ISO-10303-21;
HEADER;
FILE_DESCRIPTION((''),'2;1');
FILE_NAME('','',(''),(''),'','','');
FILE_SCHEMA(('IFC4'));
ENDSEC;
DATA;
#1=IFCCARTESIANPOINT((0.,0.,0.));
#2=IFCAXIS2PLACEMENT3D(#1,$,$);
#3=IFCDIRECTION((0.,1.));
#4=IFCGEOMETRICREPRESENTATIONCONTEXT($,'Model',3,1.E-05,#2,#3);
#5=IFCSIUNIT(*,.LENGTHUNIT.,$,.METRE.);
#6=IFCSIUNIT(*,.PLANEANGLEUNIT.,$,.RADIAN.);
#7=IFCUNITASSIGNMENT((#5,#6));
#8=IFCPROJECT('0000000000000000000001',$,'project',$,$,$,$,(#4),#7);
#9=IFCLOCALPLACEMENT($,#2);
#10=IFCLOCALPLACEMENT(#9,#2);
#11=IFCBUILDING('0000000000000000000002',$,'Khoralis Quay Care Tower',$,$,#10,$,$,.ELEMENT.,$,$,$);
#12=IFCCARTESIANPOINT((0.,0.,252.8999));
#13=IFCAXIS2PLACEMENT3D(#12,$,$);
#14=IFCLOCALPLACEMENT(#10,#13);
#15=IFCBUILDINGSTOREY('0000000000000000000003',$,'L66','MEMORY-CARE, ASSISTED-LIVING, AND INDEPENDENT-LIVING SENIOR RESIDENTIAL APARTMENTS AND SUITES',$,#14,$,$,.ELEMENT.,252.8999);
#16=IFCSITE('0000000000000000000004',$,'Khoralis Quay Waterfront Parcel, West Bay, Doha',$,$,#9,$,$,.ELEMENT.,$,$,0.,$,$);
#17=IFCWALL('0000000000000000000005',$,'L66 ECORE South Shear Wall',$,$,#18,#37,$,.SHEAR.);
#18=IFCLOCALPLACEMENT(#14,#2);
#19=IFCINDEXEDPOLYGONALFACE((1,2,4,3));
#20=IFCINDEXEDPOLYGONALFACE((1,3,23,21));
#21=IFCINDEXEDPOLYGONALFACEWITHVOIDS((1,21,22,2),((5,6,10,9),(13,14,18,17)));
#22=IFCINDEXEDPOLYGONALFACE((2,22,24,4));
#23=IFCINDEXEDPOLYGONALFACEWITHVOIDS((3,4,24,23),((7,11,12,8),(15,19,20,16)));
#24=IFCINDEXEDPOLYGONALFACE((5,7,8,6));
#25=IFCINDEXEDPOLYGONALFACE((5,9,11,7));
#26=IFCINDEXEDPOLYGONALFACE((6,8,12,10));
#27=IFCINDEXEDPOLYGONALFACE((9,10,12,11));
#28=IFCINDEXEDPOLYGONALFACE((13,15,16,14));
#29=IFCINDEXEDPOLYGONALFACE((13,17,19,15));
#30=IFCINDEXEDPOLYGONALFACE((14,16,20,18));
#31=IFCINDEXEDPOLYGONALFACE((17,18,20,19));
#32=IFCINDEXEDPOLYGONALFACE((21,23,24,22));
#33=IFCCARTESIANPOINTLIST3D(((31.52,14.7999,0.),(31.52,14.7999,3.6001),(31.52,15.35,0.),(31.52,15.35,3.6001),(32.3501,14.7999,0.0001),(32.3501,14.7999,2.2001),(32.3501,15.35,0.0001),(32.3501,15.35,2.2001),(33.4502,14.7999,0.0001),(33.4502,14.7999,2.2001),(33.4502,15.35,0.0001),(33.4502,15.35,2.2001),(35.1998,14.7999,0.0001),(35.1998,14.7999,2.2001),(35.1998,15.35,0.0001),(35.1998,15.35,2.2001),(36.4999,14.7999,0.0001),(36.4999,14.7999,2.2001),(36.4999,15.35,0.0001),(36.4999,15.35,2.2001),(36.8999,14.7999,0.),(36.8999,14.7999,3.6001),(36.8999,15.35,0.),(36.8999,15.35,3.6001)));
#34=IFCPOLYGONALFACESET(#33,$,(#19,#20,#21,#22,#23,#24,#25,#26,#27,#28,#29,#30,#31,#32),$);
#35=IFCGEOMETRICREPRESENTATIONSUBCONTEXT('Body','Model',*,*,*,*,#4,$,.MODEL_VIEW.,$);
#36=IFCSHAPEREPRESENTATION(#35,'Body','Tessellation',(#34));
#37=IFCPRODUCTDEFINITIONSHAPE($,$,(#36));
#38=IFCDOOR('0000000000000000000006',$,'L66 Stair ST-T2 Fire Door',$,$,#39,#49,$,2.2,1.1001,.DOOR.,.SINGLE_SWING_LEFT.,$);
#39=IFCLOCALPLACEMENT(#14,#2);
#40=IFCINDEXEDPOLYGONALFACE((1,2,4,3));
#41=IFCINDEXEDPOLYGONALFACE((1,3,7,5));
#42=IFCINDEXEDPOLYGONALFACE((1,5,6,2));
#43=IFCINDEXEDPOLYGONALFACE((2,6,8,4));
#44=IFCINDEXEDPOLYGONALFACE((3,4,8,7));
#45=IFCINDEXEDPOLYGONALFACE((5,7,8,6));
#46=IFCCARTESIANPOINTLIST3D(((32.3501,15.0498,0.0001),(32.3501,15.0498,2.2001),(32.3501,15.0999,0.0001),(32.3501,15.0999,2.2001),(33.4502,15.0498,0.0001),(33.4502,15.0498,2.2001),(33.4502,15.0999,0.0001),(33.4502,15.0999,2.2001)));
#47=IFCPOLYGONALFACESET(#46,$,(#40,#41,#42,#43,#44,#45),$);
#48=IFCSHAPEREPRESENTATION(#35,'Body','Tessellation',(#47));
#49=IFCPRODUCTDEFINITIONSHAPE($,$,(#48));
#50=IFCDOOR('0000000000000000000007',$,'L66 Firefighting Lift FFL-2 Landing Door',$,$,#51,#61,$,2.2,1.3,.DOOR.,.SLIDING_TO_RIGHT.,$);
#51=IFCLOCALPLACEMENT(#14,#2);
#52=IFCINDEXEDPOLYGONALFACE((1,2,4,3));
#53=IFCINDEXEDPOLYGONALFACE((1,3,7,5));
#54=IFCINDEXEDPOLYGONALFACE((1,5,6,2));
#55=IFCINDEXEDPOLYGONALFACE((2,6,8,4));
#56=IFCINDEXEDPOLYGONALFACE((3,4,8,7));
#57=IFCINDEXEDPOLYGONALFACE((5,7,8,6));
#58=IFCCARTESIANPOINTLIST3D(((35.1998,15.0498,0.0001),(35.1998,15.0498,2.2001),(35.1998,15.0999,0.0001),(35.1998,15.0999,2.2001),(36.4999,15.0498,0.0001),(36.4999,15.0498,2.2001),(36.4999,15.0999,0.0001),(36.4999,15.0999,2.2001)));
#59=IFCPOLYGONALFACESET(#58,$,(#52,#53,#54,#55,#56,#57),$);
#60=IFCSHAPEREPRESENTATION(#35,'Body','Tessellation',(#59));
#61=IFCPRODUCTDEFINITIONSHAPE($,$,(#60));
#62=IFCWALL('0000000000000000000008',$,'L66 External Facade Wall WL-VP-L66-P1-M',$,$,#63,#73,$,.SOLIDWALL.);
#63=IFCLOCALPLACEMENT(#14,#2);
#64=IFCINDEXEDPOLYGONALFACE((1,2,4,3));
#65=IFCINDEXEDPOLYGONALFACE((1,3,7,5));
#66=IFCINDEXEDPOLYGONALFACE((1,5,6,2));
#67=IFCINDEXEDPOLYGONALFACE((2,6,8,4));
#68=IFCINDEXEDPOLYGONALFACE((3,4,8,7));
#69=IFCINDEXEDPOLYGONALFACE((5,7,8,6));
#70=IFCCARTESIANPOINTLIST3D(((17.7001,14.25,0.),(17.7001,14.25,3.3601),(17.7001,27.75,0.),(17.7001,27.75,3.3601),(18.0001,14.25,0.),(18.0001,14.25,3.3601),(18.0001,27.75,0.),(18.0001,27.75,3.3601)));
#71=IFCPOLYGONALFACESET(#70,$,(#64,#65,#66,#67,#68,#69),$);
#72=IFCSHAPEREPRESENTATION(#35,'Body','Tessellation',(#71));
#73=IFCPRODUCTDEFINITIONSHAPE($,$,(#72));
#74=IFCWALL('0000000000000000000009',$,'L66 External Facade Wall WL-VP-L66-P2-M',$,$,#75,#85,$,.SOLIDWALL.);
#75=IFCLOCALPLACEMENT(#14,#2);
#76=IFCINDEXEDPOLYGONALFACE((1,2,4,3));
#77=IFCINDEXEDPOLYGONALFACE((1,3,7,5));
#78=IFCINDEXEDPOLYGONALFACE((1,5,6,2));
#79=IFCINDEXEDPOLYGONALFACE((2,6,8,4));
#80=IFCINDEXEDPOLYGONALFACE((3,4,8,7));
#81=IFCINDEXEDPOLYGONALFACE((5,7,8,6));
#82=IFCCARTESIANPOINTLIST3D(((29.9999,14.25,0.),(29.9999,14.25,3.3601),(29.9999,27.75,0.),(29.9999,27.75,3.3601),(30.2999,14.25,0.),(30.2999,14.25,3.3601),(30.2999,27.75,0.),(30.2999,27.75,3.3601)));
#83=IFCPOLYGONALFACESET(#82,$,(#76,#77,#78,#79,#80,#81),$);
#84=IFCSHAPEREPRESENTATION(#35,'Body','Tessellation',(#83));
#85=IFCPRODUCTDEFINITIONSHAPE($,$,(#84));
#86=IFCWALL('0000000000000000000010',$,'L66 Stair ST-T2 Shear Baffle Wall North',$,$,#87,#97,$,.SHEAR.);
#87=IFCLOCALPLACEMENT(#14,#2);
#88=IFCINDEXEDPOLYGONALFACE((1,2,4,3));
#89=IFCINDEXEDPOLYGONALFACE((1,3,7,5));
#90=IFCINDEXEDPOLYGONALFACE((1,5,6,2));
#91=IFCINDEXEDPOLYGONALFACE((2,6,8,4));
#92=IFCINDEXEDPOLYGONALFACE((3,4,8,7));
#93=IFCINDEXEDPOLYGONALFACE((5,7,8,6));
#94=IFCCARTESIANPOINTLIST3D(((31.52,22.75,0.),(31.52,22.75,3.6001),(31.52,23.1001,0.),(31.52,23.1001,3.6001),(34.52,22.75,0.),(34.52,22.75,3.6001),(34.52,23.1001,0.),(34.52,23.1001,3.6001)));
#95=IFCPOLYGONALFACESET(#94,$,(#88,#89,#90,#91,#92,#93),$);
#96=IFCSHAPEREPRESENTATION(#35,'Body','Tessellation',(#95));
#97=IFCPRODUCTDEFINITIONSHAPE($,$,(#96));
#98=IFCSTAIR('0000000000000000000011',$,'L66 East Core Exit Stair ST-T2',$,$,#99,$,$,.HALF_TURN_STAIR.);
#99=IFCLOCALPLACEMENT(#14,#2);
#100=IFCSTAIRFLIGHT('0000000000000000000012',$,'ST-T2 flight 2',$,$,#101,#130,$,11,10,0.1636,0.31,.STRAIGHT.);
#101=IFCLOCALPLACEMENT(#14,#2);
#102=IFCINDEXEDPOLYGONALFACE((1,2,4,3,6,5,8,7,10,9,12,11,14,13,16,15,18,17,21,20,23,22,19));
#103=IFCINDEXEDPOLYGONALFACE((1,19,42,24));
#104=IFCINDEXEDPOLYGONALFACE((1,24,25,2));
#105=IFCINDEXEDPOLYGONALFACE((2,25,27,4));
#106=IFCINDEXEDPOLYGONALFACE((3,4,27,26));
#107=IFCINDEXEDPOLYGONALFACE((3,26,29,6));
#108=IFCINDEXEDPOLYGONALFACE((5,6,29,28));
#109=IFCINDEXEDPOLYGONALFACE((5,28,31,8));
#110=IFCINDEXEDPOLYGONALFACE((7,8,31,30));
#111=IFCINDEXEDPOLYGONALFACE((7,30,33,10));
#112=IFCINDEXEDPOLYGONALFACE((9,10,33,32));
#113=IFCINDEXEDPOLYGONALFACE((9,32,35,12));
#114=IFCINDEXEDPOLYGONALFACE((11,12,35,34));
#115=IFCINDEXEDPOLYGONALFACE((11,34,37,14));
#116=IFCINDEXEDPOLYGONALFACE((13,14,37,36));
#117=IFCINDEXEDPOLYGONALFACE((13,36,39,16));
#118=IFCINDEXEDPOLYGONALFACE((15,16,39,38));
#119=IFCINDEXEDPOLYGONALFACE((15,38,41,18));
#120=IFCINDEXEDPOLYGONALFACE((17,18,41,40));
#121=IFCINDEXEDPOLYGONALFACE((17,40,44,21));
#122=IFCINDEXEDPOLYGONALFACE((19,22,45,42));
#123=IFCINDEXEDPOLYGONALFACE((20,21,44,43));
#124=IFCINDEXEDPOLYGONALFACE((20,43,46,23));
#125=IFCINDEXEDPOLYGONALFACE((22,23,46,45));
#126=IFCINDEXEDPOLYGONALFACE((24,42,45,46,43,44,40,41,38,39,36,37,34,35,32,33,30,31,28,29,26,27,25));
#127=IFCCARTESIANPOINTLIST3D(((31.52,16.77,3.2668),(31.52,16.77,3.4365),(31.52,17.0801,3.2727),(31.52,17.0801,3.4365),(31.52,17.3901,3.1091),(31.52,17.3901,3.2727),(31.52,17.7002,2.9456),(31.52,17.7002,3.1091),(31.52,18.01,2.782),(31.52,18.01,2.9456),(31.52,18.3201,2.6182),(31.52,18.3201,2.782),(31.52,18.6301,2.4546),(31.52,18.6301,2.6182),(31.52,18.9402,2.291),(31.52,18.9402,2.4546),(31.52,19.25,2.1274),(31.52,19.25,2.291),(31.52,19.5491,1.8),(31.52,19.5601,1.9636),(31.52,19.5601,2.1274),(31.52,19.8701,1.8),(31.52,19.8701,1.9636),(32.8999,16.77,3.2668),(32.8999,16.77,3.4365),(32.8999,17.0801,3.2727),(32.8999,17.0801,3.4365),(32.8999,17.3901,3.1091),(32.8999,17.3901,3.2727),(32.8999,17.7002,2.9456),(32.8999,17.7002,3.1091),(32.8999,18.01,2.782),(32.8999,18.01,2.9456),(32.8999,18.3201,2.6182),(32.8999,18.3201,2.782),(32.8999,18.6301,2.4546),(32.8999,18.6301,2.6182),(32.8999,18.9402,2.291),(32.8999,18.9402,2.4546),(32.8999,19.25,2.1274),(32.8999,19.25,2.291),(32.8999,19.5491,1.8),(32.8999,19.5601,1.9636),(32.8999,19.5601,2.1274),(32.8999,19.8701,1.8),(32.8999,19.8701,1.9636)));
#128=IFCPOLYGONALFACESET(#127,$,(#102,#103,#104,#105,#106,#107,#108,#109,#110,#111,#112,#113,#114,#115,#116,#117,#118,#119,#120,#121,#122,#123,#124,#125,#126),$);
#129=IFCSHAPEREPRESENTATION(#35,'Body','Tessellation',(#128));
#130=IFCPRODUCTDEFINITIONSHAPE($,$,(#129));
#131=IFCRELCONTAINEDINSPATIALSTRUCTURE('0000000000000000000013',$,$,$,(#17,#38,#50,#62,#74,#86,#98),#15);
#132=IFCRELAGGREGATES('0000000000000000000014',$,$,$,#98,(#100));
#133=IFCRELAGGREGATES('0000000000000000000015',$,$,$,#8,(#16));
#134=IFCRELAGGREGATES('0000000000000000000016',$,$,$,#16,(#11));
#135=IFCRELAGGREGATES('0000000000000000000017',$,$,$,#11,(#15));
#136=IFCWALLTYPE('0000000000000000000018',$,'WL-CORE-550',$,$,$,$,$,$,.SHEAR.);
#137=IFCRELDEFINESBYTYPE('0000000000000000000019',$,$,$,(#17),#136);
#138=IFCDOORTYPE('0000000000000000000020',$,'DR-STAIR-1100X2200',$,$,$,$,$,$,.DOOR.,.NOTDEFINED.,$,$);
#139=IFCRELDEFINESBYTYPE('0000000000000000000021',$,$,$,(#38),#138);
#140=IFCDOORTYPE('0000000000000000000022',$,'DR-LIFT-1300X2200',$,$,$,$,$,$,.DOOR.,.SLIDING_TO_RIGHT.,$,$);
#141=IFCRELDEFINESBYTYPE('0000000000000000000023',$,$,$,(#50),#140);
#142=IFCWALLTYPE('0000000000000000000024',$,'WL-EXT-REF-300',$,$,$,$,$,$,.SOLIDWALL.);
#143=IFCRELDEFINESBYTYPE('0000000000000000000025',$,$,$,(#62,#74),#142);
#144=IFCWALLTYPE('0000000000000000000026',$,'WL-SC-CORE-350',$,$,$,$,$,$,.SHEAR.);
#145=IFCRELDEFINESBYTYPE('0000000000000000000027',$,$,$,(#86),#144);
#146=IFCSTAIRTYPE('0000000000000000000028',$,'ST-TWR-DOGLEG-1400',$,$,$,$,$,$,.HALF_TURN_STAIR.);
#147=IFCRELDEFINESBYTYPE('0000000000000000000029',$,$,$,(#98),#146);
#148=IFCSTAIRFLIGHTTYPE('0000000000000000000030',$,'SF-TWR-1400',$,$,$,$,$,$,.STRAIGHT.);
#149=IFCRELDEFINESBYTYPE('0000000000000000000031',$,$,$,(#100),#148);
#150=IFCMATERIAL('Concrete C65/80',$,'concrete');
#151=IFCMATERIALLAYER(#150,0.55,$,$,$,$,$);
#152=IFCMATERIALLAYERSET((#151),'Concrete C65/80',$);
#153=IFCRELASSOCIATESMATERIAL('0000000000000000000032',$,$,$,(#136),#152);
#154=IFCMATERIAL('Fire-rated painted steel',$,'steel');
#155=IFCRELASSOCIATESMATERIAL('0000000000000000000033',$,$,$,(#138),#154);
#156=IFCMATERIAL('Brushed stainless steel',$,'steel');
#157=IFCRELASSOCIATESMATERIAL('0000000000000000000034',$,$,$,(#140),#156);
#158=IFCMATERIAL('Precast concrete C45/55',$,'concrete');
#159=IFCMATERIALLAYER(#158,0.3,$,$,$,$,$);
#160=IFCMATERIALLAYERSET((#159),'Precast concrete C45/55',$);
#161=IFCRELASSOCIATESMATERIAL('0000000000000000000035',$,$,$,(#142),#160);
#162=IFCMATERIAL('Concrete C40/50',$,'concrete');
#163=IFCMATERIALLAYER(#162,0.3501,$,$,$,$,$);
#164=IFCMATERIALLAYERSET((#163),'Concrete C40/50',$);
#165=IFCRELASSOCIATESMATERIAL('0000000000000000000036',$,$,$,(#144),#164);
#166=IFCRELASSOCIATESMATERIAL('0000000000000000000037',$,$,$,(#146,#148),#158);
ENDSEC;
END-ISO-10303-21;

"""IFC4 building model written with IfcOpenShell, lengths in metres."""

from ifc_helpers import new_model, si_unit, direction, frame, frame_2d, origin, place, context, subcontext, project, spatial, polyline, rectangle, outline, extrude, source, transform, mapped, material, layer, layer_set, type_object, element, fill, aggregate, save


model = new_model("IFC4")

# Units and contexts
model_context = context("Model", 3, precision=1e-05, world=origin(), true_north=direction((0.0, 1.0)))
body_context = subcontext(model_context, "Body", "Model", "MODEL_VIEW")
ifc_project = project(units=[si_unit("LENGTHUNIT", "METRE"), si_unit("PLANEANGLEUNIT", "RADIAN")], contexts=[model_context])

# Site, building, storey
site_placement = place(None, origin())
site = spatial("IfcSite", under=ifc_project, at=site_placement, Name="Khoralis Quay Waterfront Parcel, West Bay, Doha", CompositionType="ELEMENT", RefElevation=0.0)
building_placement = place(site_placement, origin())
building = spatial("IfcBuilding", under=site, at=building_placement, Name="Khoralis Quay Care Tower", CompositionType="ELEMENT")
storey_placement = place(building_placement, frame((0.0, 0.0, 252.8999)))
storey = spatial("IfcBuildingStorey", under=building, at=storey_placement, Name="L66", Description="MEMORY-CARE, ASSISTED-LIVING, AND INDEPENDENT-LIVING SENIOR RESIDENTIAL APARTMENTS AND SUITES", CompositionType="ELEMENT", Elevation=252.8999)

# Shared definitions
ifc_material_1 = material(Name="Concrete C65/80", Category="concrete")
ifc_layer_1 = layer(ifc_material_1, 0.55)
ifc_layer_set_1 = layer_set([ifc_layer_1], Name="Concrete C65/80")
wall_type_1 = type_object("IfcWallType", Name="WL-CORE-550", PredefinedType="SHEAR", material=ifc_layer_set_1)

# Wall, openings, doors
wall_1_placement = place(storey_placement, frame((31.52, 15.075, 0.0), z_axis=(0.0, 0.0, 1.0), x_axis=(1.0, 0.0, 0.0)))
wall_1 = element("IfcWall", 1, at=wall_1_placement, inside=storey, type_object=wall_type_1, Name="L66 ECORE South Shear Wall", PredefinedType="SHEAR", context=body_context, shape_type="SweptSolid", body=[
    extrude(rectangle(XDim=5.3799, YDim=0.55, at=frame_2d((2.6899, 0.0))), origin(), (0.0, 0.0, 1.0), 3.6001),
])
opening_1_placement = place(wall_1_placement, frame((0.8301, 0.0, 0.0)))
opening_1 = element("IfcOpeningElement", 2, at=opening_1_placement, cuts=wall_1, PredefinedType="OPENING", context=body_context, shape_type="SweptSolid", body=[
    extrude(rectangle(XDim=1.1001, YDim=2.2, at=frame_2d((0.55, 1.1001))), frame((0.0, 0.2852, 0.0), z_axis=(0.0, -1.0, 0.0), x_axis=(1.0, 0.0, 0.0)), (0.0, 0.0, 1.0), 0.5701),
])
opening_2_placement = place(wall_1_placement, frame((3.6799, 0.0, 0.0)))
opening_2 = element("IfcOpeningElement", 3, at=opening_2_placement, cuts=wall_1, PredefinedType="OPENING", context=body_context, shape_type="SweptSolid", body=[
    extrude(rectangle(XDim=1.3, YDim=2.2, at=frame_2d((0.6499, 1.1001))), frame((0.0, 0.2852, 0.0), z_axis=(0.0, -1.0, 0.0), x_axis=(1.0, 0.0, 0.0)), (0.0, 0.0, 1.0), 0.5701),
])
ifc_material_2 = material(Name="Fire-rated painted steel", Category="steel")
door_type_1 = type_object("IfcDoorType", Name="DR-STAIR-1100X2200", OperationType="NOTDEFINED", PredefinedType="DOOR", material=ifc_material_2)
shared_shape_1 = source(origin(), body_context, "Body", "SweptSolid", [
    extrude(rectangle(XDim=1.1001, YDim=2.2, at=frame_2d((0.55, 1.1001))), frame((0.0, 0.0249, 0.0), z_axis=(0.0, -1.0, 0.0), x_axis=(1.0, 0.0, 0.0)), (0.0, 0.0, 1.0), 0.05),
])
door_1_placement = place(opening_1_placement, origin())
door_1 = element("IfcDoor", 4, at=door_1_placement, inside=storey, type_object=door_type_1, Name="L66 Stair ST-T2 Fire Door", OperationType="SINGLE_SWING_LEFT", OverallHeight=2.2, OverallWidth=1.1001, PredefinedType="DOOR", context=body_context, shape_type="MappedRepresentation", body=[
    mapped(shared_shape_1, transform((0.0, 0.0, 0.0), scale=1.0)),
])
fill(opening_1, door_1)
ifc_material_3 = material(Name="Brushed stainless steel", Category="steel")
door_type_2 = type_object("IfcDoorType", Name="DR-LIFT-1300X2200", OperationType="SLIDING_TO_RIGHT", PredefinedType="DOOR", material=ifc_material_3)
shared_shape_2 = source(origin(), body_context, "Body", "SweptSolid", [
    extrude(rectangle(XDim=1.3, YDim=2.2, at=frame_2d((0.6499, 1.1001))), frame((0.0, 0.0249, 0.0), z_axis=(0.0, -1.0, 0.0), x_axis=(1.0, 0.0, 0.0)), (0.0, 0.0, 1.0), 0.05),
])
door_2_placement = place(opening_2_placement, origin())
door_2 = element("IfcDoor", 5, at=door_2_placement, inside=storey, type_object=door_type_2, Name="L66 Firefighting Lift FFL-2 Landing Door", OperationType="SLIDING_TO_RIGHT", OverallHeight=2.2, OverallWidth=1.3, PredefinedType="DOOR", context=body_context, shape_type="MappedRepresentation", body=[
    mapped(shared_shape_2, transform((0.0, 0.0, 0.0), scale=1.0)),
])
fill(opening_2, door_2)

# Walls
ifc_material_4 = material(Name="Precast concrete C45/55", Category="concrete")
ifc_layer_2 = layer(ifc_material_4, 0.3)
ifc_layer_set_2 = layer_set([ifc_layer_2], Name="Precast concrete C45/55")
wall_type_2 = type_object("IfcWallType", Name="WL-EXT-REF-300", PredefinedType="SOLIDWALL", material=ifc_layer_set_2)
for number, where, z_axis, x_axis, name in (
    (6, (17.8501, 14.25, 0.0), (0.0, 0.0, 1.0), (0.0, 1.0, 0.0), "L66 External Facade Wall WL-VP-L66-P1-M"),
    (7, (30.1499, 14.25, 0.0), (0.0, 0.0, 1.0), (0.0, 1.0, 0.0), "L66 External Facade Wall WL-VP-L66-P2-M"),
):
    element("IfcWall", number, at=place(storey_placement, frame(where, z_axis=z_axis, x_axis=x_axis)), inside=storey, type_object=wall_type_2, Name=name, PredefinedType="SOLIDWALL", context=body_context, shape_type="SweptSolid", body=[
        extrude(rectangle(XDim=13.5, YDim=0.3, at=frame_2d((6.75, 0.0))), origin(), (0.0, 0.0, 1.0), 3.3601),
    ])
ifc_material_5 = material(Name="Concrete C40/50", Category="concrete")
ifc_layer_3 = layer(ifc_material_5, 0.3501)
ifc_layer_set_3 = layer_set([ifc_layer_3], Name="Concrete C40/50")
wall_type_3 = type_object("IfcWallType", Name="WL-SC-CORE-350", PredefinedType="SHEAR", material=ifc_layer_set_3)
wall_2_placement = place(storey_placement, frame((31.52, 22.925, 0.0), z_axis=(0.0, 0.0, 1.0), x_axis=(1.0, 0.0, 0.0)))
element("IfcWall", 8, at=wall_2_placement, inside=storey, type_object=wall_type_3, Name="L66 Stair ST-T2 Shear Baffle Wall North", PredefinedType="SHEAR", context=body_context, shape_type="SweptSolid", body=[
    extrude(rectangle(XDim=3.0, YDim=0.3501, at=frame_2d((1.5, 0.0))), origin(), (0.0, 0.0, 1.0), 3.6001),
])

# Stair, stair flight
stair_type = type_object("IfcStairType", Name="ST-TWR-DOGLEG-1400", PredefinedType="HALF_TURN_STAIR", material=ifc_material_4)
stair_placement = place(storey_placement, origin())
stair = element("IfcStair", 9, at=stair_placement, inside=storey, type_object=stair_type, Name="L66 East Core Exit Stair ST-T2", PredefinedType="HALF_TURN_STAIR")
stair_flight_type = type_object("IfcStairFlightType", Name="SF-TWR-1400", PredefinedType="STRAIGHT", material=ifc_material_4)
shared_shape_3 = source(origin(), body_context, "Body", "SweptSolid", [
    extrude(outline(polyline([(0.0, 0.0), (0.0, 0.1636), (0.3101, 0.1636), (0.3101, 0.3274), (0.6201, 0.3274), (0.6201, 0.491), (0.9299, 0.491), (0.9299, 0.6545), (1.24, 0.6545), (1.24, 0.8181), (1.55, 0.8181), (1.55, 0.9819), (1.8601, 0.9819), (1.8601, 1.1455), (2.1699, 1.1455), (2.1699, 1.3091), (2.48, 1.3091), (2.48, 1.4727), (2.79, 1.4727), (2.79, 1.6365), (3.1001, 1.6365), (3.1001, 1.8), (3.1001, 1.4668), (0.321, 0.0), (0.0, 0.0)])), frame((0.0, 0.6899, 0.0), z_axis=(0.0, -1.0, 0.0), x_axis=(1.0, 0.0, 0.0)), (0.0, 0.0, 1.0), 1.3799),
])
stair_flight_placement = place(storey_placement, frame((32.21, 19.8701, 1.8), z_axis=(0.0, 0.0, 1.0), x_axis=(0.0, -1.0, 0.0)))
stair_flight = element("IfcStairFlight", 10, at=stair_flight_placement, type_object=stair_flight_type, Name="ST-T2 flight 2", NumberOfRisers=11, NumberOfTreads=10, PredefinedType="STRAIGHT", RiserHeight=0.1636, TreadLength=0.31, context=body_context, shape_type="MappedRepresentation", body=[
    mapped(shared_shape_3, transform((0.0, 0.0, 0.0), scale=1.0)),
])
aggregate(stair, [stair_flight])

save(model, "model.ifc")
